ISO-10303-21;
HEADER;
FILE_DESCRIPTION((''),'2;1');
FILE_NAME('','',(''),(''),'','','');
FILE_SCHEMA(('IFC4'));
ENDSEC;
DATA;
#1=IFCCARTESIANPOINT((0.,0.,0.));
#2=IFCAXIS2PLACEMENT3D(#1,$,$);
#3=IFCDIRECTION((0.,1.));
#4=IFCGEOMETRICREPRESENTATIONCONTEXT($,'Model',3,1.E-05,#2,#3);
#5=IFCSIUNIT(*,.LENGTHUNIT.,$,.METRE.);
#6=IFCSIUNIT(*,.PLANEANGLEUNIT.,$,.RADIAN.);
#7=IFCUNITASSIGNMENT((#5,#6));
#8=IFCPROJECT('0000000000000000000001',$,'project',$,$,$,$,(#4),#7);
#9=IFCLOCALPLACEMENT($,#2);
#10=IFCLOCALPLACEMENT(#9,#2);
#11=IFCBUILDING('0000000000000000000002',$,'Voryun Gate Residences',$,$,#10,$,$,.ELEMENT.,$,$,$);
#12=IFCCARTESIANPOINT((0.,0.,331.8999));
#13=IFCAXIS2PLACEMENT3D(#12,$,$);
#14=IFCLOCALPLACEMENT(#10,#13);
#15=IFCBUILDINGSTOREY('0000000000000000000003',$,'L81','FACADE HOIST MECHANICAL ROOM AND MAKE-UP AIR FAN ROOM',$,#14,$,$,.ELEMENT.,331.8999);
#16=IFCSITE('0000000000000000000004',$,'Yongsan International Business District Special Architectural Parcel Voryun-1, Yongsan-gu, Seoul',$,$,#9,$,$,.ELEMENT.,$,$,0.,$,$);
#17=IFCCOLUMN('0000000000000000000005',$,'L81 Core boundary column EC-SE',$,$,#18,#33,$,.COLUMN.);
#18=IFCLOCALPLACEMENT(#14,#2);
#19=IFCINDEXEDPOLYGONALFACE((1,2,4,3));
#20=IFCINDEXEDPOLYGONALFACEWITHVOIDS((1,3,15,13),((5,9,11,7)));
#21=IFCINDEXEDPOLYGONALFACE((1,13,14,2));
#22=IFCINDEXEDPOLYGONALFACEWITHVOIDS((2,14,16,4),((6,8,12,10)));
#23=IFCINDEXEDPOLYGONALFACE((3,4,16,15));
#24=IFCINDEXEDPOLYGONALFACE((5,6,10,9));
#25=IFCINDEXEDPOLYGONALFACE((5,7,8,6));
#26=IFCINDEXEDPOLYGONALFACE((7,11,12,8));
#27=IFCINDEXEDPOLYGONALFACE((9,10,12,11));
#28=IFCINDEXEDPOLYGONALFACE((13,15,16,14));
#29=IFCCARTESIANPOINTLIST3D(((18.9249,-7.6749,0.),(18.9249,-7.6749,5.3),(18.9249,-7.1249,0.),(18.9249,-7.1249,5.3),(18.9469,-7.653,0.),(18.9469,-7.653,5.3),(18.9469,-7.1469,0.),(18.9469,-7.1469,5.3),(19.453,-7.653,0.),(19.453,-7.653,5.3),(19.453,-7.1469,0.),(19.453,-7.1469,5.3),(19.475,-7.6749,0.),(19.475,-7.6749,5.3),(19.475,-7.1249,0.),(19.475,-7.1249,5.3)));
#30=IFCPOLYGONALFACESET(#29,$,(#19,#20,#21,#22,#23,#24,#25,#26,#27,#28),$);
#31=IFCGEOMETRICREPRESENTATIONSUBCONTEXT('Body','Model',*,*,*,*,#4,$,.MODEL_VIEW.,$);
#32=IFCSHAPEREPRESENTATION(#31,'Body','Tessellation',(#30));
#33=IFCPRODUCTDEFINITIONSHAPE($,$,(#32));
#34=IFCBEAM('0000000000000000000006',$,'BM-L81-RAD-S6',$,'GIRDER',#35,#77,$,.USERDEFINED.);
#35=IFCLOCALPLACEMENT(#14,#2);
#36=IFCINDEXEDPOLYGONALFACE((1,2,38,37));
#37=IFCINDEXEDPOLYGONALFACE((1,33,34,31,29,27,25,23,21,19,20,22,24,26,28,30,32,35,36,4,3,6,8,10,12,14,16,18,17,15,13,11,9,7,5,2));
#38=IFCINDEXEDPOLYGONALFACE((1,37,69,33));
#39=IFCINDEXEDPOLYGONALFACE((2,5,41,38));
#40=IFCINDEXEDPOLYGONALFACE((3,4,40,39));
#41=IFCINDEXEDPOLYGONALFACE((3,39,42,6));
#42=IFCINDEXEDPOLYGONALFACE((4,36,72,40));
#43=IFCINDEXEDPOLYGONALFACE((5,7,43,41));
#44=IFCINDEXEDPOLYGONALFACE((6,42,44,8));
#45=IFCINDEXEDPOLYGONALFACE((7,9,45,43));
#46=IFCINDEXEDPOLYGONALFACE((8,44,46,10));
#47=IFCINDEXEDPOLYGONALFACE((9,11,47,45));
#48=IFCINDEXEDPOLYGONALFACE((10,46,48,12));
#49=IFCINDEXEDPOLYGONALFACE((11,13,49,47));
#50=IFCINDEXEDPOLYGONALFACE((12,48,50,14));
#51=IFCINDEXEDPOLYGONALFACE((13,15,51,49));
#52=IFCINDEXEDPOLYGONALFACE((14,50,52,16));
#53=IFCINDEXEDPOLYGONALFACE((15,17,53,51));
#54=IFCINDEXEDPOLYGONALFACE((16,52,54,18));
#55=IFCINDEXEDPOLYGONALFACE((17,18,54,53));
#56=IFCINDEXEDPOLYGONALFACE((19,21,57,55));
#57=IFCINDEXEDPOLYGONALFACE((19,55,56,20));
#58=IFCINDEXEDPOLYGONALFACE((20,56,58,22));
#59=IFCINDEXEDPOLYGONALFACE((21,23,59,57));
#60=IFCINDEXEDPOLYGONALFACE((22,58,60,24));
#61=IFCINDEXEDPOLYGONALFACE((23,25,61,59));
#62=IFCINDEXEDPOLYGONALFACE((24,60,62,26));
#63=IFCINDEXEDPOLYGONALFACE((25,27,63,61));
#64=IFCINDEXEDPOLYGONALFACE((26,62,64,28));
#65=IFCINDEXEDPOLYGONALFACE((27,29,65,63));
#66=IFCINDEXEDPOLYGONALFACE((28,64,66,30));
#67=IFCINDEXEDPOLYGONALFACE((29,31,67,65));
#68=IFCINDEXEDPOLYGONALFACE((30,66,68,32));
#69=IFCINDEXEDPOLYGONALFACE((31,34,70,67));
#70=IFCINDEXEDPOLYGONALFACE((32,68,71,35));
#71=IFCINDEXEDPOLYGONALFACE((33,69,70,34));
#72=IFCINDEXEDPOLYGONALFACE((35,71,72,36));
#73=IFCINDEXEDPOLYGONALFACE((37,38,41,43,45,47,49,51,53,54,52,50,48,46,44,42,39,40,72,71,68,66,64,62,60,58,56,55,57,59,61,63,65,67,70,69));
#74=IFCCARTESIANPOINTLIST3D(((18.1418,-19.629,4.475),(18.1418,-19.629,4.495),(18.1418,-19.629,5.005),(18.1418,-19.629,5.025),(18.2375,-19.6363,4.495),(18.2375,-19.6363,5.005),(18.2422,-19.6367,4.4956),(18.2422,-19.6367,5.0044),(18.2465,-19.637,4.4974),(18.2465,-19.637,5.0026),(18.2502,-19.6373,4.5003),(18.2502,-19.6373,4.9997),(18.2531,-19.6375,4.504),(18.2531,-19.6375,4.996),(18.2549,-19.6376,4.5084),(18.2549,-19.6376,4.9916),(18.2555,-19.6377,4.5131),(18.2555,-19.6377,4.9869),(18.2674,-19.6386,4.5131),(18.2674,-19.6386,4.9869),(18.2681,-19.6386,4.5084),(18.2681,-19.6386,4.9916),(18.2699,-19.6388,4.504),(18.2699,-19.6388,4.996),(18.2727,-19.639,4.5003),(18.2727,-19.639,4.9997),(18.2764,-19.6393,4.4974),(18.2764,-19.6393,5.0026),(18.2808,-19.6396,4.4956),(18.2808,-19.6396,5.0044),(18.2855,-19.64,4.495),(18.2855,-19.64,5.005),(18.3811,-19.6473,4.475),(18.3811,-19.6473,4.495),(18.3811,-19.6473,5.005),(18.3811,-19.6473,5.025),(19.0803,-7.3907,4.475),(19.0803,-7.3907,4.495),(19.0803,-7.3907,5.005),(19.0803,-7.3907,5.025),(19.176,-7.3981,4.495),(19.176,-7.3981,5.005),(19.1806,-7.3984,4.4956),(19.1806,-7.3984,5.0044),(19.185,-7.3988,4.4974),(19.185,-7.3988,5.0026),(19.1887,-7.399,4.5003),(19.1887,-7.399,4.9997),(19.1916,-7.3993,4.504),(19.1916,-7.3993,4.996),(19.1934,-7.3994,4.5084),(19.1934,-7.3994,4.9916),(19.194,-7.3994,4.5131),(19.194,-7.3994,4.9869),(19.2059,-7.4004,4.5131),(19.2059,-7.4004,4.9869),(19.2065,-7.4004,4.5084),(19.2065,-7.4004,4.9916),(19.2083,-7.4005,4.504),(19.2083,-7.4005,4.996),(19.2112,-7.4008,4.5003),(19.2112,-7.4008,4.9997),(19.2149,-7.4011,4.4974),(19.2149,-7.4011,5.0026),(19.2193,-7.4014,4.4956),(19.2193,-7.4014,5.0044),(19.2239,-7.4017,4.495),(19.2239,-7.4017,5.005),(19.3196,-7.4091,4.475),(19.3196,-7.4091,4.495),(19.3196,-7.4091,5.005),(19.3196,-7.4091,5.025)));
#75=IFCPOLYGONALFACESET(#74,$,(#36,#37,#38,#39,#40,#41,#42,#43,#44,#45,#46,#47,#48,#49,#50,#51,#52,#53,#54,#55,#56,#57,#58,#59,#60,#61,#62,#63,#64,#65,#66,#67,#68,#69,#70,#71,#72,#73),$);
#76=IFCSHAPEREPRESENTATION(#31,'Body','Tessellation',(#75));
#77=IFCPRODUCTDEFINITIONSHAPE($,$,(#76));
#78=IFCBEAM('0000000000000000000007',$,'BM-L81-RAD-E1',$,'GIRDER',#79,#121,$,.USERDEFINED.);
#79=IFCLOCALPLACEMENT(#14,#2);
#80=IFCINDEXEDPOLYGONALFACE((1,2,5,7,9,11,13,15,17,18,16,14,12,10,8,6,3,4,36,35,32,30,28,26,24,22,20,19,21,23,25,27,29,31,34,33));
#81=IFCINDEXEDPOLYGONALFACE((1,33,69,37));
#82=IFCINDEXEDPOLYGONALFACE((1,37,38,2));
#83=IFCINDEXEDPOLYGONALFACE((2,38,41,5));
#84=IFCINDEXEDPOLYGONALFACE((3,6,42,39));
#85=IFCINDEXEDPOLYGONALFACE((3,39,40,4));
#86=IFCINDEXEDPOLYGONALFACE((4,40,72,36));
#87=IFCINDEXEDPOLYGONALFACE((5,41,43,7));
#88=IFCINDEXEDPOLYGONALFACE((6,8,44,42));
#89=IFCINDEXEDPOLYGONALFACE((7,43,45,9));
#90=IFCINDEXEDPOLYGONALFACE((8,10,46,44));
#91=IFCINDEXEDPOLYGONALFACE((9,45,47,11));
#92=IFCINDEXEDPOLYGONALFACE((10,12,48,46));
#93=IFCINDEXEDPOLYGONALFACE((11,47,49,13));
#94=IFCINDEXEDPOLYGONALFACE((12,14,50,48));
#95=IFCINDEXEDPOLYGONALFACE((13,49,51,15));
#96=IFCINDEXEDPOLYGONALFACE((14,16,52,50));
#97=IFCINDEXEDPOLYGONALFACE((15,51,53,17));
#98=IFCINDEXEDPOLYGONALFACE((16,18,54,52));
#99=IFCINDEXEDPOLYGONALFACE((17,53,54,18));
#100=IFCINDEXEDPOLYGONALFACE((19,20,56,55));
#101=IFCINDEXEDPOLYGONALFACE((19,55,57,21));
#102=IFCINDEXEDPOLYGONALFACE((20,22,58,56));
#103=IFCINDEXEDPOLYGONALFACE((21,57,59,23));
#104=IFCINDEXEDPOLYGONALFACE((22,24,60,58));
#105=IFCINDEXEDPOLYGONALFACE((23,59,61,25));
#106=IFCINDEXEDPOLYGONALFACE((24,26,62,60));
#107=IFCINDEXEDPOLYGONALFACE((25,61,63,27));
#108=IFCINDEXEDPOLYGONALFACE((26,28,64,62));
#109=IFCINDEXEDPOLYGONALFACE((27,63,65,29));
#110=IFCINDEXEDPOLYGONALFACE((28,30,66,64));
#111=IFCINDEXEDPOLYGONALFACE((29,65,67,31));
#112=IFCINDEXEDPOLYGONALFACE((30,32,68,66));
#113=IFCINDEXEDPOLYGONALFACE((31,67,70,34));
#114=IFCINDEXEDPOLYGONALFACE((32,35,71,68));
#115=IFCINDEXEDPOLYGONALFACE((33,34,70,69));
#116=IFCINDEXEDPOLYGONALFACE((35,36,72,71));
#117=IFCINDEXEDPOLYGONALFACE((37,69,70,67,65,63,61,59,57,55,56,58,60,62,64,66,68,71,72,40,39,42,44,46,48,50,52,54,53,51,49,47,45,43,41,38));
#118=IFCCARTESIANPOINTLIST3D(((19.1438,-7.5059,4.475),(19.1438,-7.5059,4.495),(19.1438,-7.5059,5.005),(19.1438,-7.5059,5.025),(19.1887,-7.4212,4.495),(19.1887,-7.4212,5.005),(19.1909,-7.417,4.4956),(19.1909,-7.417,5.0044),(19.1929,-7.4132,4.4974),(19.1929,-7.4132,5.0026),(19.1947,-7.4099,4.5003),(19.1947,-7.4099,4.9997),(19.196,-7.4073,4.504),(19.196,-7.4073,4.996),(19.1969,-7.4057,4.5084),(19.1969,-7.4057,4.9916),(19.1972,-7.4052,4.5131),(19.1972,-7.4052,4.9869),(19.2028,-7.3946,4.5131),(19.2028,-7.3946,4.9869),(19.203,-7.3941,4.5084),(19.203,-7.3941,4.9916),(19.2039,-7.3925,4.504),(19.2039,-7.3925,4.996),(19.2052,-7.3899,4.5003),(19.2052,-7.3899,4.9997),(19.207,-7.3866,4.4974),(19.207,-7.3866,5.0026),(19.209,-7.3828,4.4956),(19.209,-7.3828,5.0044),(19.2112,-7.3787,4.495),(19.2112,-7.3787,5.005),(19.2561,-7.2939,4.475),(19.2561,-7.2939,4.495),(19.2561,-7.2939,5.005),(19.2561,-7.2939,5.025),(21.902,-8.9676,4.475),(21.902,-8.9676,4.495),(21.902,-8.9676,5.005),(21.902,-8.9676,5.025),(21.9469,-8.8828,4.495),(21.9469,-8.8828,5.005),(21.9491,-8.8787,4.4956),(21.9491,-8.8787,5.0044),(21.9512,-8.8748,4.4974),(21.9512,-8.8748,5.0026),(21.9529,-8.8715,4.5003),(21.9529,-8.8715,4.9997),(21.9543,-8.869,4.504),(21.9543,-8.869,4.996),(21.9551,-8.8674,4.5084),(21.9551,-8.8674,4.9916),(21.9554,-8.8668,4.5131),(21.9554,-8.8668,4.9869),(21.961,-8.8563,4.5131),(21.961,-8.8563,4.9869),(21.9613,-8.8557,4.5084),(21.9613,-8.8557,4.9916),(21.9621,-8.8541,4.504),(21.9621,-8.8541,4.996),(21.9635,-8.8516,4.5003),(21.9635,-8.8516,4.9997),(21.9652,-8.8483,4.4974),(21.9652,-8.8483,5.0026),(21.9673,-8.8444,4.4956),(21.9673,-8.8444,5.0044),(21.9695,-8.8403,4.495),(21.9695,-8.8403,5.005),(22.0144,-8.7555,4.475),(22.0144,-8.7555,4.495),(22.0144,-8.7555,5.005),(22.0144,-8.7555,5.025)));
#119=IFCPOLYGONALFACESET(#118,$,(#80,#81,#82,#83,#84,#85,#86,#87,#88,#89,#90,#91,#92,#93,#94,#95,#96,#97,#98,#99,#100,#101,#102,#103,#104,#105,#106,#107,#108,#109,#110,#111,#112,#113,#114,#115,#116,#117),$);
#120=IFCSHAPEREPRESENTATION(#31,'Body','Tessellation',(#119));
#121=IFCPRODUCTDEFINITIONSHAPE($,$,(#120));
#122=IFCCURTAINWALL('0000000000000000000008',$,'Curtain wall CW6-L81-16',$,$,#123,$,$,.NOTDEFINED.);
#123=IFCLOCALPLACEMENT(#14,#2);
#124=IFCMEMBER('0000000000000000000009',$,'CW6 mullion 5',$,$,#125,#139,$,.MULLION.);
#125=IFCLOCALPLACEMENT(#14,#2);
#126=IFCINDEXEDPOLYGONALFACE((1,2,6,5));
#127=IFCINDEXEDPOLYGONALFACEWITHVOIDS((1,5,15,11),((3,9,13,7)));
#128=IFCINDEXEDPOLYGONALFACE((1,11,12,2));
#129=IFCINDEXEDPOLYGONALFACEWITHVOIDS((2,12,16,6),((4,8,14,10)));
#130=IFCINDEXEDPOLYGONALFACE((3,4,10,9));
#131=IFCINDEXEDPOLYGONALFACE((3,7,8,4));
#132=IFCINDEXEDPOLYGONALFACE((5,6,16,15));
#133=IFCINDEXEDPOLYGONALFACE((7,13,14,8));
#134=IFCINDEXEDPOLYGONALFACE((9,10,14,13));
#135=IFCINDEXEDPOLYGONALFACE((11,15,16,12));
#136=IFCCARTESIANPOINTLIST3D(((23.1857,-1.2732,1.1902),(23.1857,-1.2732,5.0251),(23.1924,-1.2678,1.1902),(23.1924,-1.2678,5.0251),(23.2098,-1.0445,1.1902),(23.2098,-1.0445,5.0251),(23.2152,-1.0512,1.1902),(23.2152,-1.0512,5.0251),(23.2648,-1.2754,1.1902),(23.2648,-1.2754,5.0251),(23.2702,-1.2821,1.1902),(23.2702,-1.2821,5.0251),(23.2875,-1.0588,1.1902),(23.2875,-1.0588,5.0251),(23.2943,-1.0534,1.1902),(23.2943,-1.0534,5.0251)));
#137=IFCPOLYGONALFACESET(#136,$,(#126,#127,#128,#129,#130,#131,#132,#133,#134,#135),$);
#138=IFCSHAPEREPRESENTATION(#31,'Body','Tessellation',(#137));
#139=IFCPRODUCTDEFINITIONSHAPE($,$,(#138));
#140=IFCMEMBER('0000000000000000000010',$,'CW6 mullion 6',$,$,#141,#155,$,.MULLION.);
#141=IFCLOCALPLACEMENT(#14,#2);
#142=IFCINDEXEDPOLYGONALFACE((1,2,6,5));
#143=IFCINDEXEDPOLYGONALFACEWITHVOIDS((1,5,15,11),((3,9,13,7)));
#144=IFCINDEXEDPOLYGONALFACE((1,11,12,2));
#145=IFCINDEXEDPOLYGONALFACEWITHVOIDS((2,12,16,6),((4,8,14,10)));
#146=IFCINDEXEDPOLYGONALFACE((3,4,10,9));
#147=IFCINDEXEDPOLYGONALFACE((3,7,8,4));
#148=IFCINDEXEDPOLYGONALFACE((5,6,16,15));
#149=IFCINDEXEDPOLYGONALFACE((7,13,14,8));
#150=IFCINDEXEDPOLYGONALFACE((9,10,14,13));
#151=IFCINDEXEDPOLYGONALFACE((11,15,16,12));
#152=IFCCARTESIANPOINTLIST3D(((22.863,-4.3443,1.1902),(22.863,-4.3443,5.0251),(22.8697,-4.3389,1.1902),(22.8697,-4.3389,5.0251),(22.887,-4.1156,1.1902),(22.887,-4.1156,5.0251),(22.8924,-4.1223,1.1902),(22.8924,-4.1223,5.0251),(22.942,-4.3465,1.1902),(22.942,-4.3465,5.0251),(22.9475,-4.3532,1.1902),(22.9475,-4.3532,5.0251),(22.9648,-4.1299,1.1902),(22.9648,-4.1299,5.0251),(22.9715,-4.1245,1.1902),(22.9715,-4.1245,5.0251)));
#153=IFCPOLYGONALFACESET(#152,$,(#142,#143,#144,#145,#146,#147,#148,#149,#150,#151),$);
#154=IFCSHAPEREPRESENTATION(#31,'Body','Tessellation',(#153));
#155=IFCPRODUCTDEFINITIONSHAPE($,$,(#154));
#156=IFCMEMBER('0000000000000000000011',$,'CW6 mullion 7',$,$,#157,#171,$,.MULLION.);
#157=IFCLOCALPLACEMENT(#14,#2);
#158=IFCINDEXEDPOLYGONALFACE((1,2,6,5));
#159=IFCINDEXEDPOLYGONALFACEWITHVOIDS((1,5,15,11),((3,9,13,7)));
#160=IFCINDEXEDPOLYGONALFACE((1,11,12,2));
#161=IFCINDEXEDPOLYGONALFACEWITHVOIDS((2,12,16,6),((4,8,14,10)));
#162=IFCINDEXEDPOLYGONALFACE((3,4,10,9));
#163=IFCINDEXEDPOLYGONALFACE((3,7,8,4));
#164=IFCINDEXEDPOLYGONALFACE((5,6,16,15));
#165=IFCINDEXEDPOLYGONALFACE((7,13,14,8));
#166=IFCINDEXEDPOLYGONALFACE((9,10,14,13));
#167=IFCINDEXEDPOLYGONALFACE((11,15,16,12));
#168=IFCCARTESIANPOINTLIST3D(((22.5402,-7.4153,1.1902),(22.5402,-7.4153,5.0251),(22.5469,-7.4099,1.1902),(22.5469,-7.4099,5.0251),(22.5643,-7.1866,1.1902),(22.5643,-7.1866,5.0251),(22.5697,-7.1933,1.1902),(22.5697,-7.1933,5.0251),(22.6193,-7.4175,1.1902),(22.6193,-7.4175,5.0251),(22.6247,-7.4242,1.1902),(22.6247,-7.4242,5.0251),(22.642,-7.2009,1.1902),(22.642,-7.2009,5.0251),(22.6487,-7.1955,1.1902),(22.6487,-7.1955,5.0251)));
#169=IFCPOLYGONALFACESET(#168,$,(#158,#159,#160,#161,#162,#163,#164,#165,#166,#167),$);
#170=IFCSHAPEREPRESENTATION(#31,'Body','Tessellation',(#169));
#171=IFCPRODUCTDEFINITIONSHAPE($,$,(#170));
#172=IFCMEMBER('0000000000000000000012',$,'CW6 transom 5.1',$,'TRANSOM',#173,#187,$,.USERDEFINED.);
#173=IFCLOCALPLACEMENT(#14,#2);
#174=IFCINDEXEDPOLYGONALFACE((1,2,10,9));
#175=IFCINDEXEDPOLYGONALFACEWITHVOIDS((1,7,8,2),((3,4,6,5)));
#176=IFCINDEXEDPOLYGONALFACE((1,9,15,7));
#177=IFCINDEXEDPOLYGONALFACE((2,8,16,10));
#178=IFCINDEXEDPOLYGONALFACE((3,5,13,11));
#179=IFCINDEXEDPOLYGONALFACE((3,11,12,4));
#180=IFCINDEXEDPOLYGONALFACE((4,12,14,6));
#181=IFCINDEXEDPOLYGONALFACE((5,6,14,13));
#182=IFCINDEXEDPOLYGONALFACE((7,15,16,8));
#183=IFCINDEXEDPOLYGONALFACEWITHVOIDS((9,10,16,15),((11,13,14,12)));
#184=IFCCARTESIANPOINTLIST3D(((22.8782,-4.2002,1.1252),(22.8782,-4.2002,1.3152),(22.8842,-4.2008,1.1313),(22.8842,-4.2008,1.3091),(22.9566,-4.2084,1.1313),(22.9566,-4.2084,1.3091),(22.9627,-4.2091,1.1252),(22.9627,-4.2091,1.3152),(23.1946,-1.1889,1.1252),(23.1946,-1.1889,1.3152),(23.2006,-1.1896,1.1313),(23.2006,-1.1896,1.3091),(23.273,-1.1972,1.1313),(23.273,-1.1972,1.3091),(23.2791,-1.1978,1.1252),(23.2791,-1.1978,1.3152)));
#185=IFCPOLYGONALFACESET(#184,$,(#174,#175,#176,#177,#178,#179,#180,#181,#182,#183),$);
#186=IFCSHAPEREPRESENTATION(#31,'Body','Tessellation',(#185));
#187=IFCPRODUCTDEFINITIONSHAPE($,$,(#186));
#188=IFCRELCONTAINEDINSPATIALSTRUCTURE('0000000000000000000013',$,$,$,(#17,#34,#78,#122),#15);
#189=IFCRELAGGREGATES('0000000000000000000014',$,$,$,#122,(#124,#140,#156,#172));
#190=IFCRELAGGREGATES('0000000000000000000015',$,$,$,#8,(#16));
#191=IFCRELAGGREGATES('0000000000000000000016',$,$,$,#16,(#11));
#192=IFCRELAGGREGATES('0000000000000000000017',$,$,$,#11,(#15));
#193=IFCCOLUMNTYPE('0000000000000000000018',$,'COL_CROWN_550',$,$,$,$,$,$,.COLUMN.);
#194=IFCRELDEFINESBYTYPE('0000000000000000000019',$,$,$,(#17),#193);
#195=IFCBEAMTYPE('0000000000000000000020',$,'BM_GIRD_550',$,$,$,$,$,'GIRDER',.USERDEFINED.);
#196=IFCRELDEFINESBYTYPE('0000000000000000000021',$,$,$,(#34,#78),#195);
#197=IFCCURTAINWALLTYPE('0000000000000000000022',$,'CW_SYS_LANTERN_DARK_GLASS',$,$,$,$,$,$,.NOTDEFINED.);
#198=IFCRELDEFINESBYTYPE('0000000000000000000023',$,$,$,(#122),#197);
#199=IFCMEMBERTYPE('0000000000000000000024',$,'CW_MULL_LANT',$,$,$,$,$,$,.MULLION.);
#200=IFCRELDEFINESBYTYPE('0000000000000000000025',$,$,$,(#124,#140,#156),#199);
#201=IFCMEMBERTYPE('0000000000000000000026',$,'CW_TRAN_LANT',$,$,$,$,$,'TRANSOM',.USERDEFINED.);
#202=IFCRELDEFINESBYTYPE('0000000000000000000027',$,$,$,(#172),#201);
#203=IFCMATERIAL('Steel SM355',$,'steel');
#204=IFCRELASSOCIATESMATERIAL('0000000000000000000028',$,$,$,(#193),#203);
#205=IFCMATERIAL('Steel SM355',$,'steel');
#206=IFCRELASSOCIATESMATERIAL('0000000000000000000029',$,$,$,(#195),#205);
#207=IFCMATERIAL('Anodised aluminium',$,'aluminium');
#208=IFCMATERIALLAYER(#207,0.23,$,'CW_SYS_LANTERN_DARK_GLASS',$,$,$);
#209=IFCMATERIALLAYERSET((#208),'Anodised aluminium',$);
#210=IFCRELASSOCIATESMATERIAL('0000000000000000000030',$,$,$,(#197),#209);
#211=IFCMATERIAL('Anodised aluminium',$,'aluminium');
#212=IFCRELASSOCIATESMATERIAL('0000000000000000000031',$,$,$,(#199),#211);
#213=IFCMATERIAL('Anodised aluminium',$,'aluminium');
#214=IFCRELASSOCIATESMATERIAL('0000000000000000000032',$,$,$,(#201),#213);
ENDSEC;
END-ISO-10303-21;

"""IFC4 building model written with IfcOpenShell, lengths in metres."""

from ifc_helpers import new_model, si_unit, direction, frame, origin, origin_2d, place, context, subcontext, project, spatial, hollow_rectangle, i_section, extrude, material, layer, layer_set, material_profile, profile_set, type_object, element, aggregate, save


model = new_model("IFC4")

# Units and contexts
model_context = context("Model", 3, precision=1e-05, world=origin(), true_north=direction((0.0, 1.0)))
body_context = subcontext(model_context, "Body", "Model", "MODEL_VIEW")
ifc_project = project(units=[si_unit("LENGTHUNIT", "METRE"), si_unit("PLANEANGLEUNIT", "RADIAN")], contexts=[model_context])

# Site, building, storey
site_placement = place(None, origin())
site = spatial("IfcSite", under=ifc_project, at=site_placement, Name="Yongsan International Business District Special Architectural Parcel Voryun-1, Yongsan-gu, Seoul", CompositionType="ELEMENT", RefElevation=0.0)
building_placement = place(site_placement, origin())
building = spatial("IfcBuilding", under=site, at=building_placement, Name="Voryun Gate Residences", CompositionType="ELEMENT")
storey_placement = place(building_placement, frame((0.0, 0.0, 331.8999)))
storey = spatial("IfcBuildingStorey", under=building, at=storey_placement, Name="L81", Description="FACADE HOIST MECHANICAL ROOM AND MAKE-UP AIR FAN ROOM", CompositionType="ELEMENT", Elevation=331.8999)

# Column
ifc_material_1 = material(Name="Steel SM355", Category="steel")
ifc_material_profile_1 = material_profile(ifc_material_1, hollow_rectangle(XDim=0.55, YDim=0.55, WallThickness=0.022, at=origin_2d()), Name="BOX-550x550x22")
ifc_profile_set_1 = profile_set([ifc_material_profile_1], Name="Steel SM355")
column_type = type_object("IfcColumnType", Name="COL_CROWN_550", PredefinedType="COLUMN", material=ifc_profile_set_1)
column_placement = place(storey_placement, frame((19.2, -7.3999, 0.0), z_axis=(0.0, 0.0, 1.0), x_axis=(1.0, 0.0, 0.0)))
element("IfcColumn", 1, at=column_placement, inside=storey, type_object=column_type, Name="L81 Core boundary column EC-SE", PredefinedType="COLUMN", context=body_context, shape_type="SweptSolid", body=[
    extrude(hollow_rectangle(XDim=0.55, YDim=0.55, WallThickness=0.022, at=origin_2d()), origin(), (0.0, 0.0, 1.0), 5.3),
])

# Beams
ifc_material_2 = material(Name="Steel SM355", Category="steel")
ifc_material_profile_2 = material_profile(ifc_material_2, i_section(OverallWidth=0.24, OverallDepth=0.55, WebThickness=0.012, FlangeThickness=0.02, FilletRadius=0.0181, at=origin_2d()), Name="H-550x240x12x20")
ifc_profile_set_2 = profile_set([ifc_material_profile_2], Name="Steel SM355")
beam_type = type_object("IfcBeamType", Name="BM_GIRD_550", ElementType="GIRDER", PredefinedType="USERDEFINED", material=ifc_profile_set_2)
beam_1_placement = place(storey_placement, frame((19.2, -7.3999, 4.75), z_axis=(-0.076459, -0.997073, 0.0), x_axis=(0.997073, -0.076459, 0.0)))
element("IfcBeam", 2, at=beam_1_placement, inside=storey, type_object=beam_type, Name="BM-L81-RAD-S6", ObjectType="GIRDER", PredefinedType="USERDEFINED", context=body_context, shape_type="SweptSolid", body=[
    extrude(i_section(OverallWidth=0.24, OverallDepth=0.55, WebThickness=0.012, FlangeThickness=0.02, FilletRadius=0.0181, at=origin_2d()), origin(), (0.0, 0.0, 1.0), 12.2742),
])
beam_2_placement = place(storey_placement, frame((19.2, -7.3999, 4.75), z_axis=(0.883603, -0.468236, 0.0), x_axis=(0.468236, 0.883603, 0.0)))
element("IfcBeam", 3, at=beam_2_placement, inside=storey, type_object=beam_type, Name="BM-L81-RAD-E1", ObjectType="GIRDER", PredefinedType="USERDEFINED", context=body_context, shape_type="SweptSolid", body=[
    extrude(i_section(OverallWidth=0.24, OverallDepth=0.55, WebThickness=0.012, FlangeThickness=0.02, FilletRadius=0.0181, at=origin_2d()), origin(), (0.0, 0.0, 1.0), 3.1216),
])

# Curtain wall, members
ifc_material_3 = material(Name="Anodised aluminium", Category="aluminium")
ifc_layer_1 = layer(ifc_material_3, 0.23, Name="CW_SYS_LANTERN_DARK_GLASS")
ifc_layer_set_1 = layer_set([ifc_layer_1], Name="Anodised aluminium")
curtain_wall_type = type_object("IfcCurtainWallType", Name="CW_SYS_LANTERN_DARK_GLASS", PredefinedType="NOTDEFINED", material=ifc_layer_set_1)
curtain_wall_placement = place(storey_placement, origin())
curtain_wall = element("IfcCurtainWall", 4, at=curtain_wall_placement, inside=storey, type_object=curtain_wall_type, Name="Curtain wall CW6-L81-16", PredefinedType="NOTDEFINED")
ifc_material_4 = material(Name="Anodised aluminium", Category="aluminium")
ifc_material_profile_3 = material_profile(ifc_material_4, hollow_rectangle(XDim=0.085, YDim=0.23, WallThickness=0.0061, at=origin_2d()), Name="ALU-MULL-230x85x6")
ifc_profile_set_3 = profile_set([ifc_material_profile_3], Name="Anodised aluminium")
member_type_1 = type_object("IfcMemberType", Name="CW_MULL_LANT", PredefinedType="MULLION", material=ifc_profile_set_3)
member_1_placement = place(storey_placement, frame((23.24, -1.1633, 1.1902), z_axis=(0.0, 0.0, 1.0), x_axis=(0.994522, -0.104528, 0.0)))
member_1 = element("IfcMember", 5, at=member_1_placement, type_object=member_type_1, Name="CW6 mullion 5", PredefinedType="MULLION", context=body_context, shape_type="SweptSolid", body=[
    extrude(hollow_rectangle(XDim=0.085, YDim=0.23, WallThickness=0.0061, at=origin_2d()), origin(), (0.0, 0.0, 1.0), 3.835),
])
member_2_placement = place(storey_placement, frame((22.9172, -4.2344, 1.1902), z_axis=(0.0, 0.0, 1.0), x_axis=(0.994522, -0.104528, 0.0)))
member_2 = element("IfcMember", 6, at=member_2_placement, type_object=member_type_1, Name="CW6 mullion 6", PredefinedType="MULLION", context=body_context, shape_type="SweptSolid", body=[
    extrude(hollow_rectangle(XDim=0.085, YDim=0.23, WallThickness=0.0061, at=origin_2d()), origin(), (0.0, 0.0, 1.0), 3.835),
])
member_3_placement = place(storey_placement, frame((22.5945, -7.3054, 1.1902), z_axis=(0.0, 0.0, 1.0), x_axis=(0.994522, -0.104528, 0.0)))
member_3 = element("IfcMember", 7, at=member_3_placement, type_object=member_type_1, Name="CW6 mullion 7", PredefinedType="MULLION", context=body_context, shape_type="SweptSolid", body=[
    extrude(hollow_rectangle(XDim=0.085, YDim=0.23, WallThickness=0.0061, at=origin_2d()), origin(), (0.0, 0.0, 1.0), 3.835),
])
ifc_material_5 = material(Name="Anodised aluminium", Category="aluminium")
ifc_material_profile_4 = material_profile(ifc_material_5, hollow_rectangle(XDim=0.085, YDim=0.1899, WallThickness=0.0061, at=origin_2d()), Name="ALU-TRAN-190x85x6")
ifc_profile_set_4 = profile_set([ifc_material_profile_4], Name="Anodised aluminium")
member_type_2 = type_object("IfcMemberType", Name="CW_TRAN_LANT", ElementType="TRANSOM", PredefinedType="USERDEFINED", material=ifc_profile_set_4)
member_4_placement = place(storey_placement, frame((23.2368, -1.1934, 1.2202), z_axis=(-0.1045, -0.994525, 0.0), x_axis=(0.994525, -0.1045, 0.0)))
member_4 = element("IfcMember", 8, at=member_4_placement, type_object=member_type_2, Name="CW6 transom 5.1", ObjectType="TRANSOM", PredefinedType="USERDEFINED", context=body_context, shape_type="SweptSolid", body=[
    extrude(hollow_rectangle(XDim=0.085, YDim=0.1899, WallThickness=0.0061, at=origin_2d()), origin(), (0.0, 0.0, 1.0), 3.0278),
])

aggregate(curtain_wall, [member_1, member_2, member_3, member_4])

save(model, "model.ifc")
